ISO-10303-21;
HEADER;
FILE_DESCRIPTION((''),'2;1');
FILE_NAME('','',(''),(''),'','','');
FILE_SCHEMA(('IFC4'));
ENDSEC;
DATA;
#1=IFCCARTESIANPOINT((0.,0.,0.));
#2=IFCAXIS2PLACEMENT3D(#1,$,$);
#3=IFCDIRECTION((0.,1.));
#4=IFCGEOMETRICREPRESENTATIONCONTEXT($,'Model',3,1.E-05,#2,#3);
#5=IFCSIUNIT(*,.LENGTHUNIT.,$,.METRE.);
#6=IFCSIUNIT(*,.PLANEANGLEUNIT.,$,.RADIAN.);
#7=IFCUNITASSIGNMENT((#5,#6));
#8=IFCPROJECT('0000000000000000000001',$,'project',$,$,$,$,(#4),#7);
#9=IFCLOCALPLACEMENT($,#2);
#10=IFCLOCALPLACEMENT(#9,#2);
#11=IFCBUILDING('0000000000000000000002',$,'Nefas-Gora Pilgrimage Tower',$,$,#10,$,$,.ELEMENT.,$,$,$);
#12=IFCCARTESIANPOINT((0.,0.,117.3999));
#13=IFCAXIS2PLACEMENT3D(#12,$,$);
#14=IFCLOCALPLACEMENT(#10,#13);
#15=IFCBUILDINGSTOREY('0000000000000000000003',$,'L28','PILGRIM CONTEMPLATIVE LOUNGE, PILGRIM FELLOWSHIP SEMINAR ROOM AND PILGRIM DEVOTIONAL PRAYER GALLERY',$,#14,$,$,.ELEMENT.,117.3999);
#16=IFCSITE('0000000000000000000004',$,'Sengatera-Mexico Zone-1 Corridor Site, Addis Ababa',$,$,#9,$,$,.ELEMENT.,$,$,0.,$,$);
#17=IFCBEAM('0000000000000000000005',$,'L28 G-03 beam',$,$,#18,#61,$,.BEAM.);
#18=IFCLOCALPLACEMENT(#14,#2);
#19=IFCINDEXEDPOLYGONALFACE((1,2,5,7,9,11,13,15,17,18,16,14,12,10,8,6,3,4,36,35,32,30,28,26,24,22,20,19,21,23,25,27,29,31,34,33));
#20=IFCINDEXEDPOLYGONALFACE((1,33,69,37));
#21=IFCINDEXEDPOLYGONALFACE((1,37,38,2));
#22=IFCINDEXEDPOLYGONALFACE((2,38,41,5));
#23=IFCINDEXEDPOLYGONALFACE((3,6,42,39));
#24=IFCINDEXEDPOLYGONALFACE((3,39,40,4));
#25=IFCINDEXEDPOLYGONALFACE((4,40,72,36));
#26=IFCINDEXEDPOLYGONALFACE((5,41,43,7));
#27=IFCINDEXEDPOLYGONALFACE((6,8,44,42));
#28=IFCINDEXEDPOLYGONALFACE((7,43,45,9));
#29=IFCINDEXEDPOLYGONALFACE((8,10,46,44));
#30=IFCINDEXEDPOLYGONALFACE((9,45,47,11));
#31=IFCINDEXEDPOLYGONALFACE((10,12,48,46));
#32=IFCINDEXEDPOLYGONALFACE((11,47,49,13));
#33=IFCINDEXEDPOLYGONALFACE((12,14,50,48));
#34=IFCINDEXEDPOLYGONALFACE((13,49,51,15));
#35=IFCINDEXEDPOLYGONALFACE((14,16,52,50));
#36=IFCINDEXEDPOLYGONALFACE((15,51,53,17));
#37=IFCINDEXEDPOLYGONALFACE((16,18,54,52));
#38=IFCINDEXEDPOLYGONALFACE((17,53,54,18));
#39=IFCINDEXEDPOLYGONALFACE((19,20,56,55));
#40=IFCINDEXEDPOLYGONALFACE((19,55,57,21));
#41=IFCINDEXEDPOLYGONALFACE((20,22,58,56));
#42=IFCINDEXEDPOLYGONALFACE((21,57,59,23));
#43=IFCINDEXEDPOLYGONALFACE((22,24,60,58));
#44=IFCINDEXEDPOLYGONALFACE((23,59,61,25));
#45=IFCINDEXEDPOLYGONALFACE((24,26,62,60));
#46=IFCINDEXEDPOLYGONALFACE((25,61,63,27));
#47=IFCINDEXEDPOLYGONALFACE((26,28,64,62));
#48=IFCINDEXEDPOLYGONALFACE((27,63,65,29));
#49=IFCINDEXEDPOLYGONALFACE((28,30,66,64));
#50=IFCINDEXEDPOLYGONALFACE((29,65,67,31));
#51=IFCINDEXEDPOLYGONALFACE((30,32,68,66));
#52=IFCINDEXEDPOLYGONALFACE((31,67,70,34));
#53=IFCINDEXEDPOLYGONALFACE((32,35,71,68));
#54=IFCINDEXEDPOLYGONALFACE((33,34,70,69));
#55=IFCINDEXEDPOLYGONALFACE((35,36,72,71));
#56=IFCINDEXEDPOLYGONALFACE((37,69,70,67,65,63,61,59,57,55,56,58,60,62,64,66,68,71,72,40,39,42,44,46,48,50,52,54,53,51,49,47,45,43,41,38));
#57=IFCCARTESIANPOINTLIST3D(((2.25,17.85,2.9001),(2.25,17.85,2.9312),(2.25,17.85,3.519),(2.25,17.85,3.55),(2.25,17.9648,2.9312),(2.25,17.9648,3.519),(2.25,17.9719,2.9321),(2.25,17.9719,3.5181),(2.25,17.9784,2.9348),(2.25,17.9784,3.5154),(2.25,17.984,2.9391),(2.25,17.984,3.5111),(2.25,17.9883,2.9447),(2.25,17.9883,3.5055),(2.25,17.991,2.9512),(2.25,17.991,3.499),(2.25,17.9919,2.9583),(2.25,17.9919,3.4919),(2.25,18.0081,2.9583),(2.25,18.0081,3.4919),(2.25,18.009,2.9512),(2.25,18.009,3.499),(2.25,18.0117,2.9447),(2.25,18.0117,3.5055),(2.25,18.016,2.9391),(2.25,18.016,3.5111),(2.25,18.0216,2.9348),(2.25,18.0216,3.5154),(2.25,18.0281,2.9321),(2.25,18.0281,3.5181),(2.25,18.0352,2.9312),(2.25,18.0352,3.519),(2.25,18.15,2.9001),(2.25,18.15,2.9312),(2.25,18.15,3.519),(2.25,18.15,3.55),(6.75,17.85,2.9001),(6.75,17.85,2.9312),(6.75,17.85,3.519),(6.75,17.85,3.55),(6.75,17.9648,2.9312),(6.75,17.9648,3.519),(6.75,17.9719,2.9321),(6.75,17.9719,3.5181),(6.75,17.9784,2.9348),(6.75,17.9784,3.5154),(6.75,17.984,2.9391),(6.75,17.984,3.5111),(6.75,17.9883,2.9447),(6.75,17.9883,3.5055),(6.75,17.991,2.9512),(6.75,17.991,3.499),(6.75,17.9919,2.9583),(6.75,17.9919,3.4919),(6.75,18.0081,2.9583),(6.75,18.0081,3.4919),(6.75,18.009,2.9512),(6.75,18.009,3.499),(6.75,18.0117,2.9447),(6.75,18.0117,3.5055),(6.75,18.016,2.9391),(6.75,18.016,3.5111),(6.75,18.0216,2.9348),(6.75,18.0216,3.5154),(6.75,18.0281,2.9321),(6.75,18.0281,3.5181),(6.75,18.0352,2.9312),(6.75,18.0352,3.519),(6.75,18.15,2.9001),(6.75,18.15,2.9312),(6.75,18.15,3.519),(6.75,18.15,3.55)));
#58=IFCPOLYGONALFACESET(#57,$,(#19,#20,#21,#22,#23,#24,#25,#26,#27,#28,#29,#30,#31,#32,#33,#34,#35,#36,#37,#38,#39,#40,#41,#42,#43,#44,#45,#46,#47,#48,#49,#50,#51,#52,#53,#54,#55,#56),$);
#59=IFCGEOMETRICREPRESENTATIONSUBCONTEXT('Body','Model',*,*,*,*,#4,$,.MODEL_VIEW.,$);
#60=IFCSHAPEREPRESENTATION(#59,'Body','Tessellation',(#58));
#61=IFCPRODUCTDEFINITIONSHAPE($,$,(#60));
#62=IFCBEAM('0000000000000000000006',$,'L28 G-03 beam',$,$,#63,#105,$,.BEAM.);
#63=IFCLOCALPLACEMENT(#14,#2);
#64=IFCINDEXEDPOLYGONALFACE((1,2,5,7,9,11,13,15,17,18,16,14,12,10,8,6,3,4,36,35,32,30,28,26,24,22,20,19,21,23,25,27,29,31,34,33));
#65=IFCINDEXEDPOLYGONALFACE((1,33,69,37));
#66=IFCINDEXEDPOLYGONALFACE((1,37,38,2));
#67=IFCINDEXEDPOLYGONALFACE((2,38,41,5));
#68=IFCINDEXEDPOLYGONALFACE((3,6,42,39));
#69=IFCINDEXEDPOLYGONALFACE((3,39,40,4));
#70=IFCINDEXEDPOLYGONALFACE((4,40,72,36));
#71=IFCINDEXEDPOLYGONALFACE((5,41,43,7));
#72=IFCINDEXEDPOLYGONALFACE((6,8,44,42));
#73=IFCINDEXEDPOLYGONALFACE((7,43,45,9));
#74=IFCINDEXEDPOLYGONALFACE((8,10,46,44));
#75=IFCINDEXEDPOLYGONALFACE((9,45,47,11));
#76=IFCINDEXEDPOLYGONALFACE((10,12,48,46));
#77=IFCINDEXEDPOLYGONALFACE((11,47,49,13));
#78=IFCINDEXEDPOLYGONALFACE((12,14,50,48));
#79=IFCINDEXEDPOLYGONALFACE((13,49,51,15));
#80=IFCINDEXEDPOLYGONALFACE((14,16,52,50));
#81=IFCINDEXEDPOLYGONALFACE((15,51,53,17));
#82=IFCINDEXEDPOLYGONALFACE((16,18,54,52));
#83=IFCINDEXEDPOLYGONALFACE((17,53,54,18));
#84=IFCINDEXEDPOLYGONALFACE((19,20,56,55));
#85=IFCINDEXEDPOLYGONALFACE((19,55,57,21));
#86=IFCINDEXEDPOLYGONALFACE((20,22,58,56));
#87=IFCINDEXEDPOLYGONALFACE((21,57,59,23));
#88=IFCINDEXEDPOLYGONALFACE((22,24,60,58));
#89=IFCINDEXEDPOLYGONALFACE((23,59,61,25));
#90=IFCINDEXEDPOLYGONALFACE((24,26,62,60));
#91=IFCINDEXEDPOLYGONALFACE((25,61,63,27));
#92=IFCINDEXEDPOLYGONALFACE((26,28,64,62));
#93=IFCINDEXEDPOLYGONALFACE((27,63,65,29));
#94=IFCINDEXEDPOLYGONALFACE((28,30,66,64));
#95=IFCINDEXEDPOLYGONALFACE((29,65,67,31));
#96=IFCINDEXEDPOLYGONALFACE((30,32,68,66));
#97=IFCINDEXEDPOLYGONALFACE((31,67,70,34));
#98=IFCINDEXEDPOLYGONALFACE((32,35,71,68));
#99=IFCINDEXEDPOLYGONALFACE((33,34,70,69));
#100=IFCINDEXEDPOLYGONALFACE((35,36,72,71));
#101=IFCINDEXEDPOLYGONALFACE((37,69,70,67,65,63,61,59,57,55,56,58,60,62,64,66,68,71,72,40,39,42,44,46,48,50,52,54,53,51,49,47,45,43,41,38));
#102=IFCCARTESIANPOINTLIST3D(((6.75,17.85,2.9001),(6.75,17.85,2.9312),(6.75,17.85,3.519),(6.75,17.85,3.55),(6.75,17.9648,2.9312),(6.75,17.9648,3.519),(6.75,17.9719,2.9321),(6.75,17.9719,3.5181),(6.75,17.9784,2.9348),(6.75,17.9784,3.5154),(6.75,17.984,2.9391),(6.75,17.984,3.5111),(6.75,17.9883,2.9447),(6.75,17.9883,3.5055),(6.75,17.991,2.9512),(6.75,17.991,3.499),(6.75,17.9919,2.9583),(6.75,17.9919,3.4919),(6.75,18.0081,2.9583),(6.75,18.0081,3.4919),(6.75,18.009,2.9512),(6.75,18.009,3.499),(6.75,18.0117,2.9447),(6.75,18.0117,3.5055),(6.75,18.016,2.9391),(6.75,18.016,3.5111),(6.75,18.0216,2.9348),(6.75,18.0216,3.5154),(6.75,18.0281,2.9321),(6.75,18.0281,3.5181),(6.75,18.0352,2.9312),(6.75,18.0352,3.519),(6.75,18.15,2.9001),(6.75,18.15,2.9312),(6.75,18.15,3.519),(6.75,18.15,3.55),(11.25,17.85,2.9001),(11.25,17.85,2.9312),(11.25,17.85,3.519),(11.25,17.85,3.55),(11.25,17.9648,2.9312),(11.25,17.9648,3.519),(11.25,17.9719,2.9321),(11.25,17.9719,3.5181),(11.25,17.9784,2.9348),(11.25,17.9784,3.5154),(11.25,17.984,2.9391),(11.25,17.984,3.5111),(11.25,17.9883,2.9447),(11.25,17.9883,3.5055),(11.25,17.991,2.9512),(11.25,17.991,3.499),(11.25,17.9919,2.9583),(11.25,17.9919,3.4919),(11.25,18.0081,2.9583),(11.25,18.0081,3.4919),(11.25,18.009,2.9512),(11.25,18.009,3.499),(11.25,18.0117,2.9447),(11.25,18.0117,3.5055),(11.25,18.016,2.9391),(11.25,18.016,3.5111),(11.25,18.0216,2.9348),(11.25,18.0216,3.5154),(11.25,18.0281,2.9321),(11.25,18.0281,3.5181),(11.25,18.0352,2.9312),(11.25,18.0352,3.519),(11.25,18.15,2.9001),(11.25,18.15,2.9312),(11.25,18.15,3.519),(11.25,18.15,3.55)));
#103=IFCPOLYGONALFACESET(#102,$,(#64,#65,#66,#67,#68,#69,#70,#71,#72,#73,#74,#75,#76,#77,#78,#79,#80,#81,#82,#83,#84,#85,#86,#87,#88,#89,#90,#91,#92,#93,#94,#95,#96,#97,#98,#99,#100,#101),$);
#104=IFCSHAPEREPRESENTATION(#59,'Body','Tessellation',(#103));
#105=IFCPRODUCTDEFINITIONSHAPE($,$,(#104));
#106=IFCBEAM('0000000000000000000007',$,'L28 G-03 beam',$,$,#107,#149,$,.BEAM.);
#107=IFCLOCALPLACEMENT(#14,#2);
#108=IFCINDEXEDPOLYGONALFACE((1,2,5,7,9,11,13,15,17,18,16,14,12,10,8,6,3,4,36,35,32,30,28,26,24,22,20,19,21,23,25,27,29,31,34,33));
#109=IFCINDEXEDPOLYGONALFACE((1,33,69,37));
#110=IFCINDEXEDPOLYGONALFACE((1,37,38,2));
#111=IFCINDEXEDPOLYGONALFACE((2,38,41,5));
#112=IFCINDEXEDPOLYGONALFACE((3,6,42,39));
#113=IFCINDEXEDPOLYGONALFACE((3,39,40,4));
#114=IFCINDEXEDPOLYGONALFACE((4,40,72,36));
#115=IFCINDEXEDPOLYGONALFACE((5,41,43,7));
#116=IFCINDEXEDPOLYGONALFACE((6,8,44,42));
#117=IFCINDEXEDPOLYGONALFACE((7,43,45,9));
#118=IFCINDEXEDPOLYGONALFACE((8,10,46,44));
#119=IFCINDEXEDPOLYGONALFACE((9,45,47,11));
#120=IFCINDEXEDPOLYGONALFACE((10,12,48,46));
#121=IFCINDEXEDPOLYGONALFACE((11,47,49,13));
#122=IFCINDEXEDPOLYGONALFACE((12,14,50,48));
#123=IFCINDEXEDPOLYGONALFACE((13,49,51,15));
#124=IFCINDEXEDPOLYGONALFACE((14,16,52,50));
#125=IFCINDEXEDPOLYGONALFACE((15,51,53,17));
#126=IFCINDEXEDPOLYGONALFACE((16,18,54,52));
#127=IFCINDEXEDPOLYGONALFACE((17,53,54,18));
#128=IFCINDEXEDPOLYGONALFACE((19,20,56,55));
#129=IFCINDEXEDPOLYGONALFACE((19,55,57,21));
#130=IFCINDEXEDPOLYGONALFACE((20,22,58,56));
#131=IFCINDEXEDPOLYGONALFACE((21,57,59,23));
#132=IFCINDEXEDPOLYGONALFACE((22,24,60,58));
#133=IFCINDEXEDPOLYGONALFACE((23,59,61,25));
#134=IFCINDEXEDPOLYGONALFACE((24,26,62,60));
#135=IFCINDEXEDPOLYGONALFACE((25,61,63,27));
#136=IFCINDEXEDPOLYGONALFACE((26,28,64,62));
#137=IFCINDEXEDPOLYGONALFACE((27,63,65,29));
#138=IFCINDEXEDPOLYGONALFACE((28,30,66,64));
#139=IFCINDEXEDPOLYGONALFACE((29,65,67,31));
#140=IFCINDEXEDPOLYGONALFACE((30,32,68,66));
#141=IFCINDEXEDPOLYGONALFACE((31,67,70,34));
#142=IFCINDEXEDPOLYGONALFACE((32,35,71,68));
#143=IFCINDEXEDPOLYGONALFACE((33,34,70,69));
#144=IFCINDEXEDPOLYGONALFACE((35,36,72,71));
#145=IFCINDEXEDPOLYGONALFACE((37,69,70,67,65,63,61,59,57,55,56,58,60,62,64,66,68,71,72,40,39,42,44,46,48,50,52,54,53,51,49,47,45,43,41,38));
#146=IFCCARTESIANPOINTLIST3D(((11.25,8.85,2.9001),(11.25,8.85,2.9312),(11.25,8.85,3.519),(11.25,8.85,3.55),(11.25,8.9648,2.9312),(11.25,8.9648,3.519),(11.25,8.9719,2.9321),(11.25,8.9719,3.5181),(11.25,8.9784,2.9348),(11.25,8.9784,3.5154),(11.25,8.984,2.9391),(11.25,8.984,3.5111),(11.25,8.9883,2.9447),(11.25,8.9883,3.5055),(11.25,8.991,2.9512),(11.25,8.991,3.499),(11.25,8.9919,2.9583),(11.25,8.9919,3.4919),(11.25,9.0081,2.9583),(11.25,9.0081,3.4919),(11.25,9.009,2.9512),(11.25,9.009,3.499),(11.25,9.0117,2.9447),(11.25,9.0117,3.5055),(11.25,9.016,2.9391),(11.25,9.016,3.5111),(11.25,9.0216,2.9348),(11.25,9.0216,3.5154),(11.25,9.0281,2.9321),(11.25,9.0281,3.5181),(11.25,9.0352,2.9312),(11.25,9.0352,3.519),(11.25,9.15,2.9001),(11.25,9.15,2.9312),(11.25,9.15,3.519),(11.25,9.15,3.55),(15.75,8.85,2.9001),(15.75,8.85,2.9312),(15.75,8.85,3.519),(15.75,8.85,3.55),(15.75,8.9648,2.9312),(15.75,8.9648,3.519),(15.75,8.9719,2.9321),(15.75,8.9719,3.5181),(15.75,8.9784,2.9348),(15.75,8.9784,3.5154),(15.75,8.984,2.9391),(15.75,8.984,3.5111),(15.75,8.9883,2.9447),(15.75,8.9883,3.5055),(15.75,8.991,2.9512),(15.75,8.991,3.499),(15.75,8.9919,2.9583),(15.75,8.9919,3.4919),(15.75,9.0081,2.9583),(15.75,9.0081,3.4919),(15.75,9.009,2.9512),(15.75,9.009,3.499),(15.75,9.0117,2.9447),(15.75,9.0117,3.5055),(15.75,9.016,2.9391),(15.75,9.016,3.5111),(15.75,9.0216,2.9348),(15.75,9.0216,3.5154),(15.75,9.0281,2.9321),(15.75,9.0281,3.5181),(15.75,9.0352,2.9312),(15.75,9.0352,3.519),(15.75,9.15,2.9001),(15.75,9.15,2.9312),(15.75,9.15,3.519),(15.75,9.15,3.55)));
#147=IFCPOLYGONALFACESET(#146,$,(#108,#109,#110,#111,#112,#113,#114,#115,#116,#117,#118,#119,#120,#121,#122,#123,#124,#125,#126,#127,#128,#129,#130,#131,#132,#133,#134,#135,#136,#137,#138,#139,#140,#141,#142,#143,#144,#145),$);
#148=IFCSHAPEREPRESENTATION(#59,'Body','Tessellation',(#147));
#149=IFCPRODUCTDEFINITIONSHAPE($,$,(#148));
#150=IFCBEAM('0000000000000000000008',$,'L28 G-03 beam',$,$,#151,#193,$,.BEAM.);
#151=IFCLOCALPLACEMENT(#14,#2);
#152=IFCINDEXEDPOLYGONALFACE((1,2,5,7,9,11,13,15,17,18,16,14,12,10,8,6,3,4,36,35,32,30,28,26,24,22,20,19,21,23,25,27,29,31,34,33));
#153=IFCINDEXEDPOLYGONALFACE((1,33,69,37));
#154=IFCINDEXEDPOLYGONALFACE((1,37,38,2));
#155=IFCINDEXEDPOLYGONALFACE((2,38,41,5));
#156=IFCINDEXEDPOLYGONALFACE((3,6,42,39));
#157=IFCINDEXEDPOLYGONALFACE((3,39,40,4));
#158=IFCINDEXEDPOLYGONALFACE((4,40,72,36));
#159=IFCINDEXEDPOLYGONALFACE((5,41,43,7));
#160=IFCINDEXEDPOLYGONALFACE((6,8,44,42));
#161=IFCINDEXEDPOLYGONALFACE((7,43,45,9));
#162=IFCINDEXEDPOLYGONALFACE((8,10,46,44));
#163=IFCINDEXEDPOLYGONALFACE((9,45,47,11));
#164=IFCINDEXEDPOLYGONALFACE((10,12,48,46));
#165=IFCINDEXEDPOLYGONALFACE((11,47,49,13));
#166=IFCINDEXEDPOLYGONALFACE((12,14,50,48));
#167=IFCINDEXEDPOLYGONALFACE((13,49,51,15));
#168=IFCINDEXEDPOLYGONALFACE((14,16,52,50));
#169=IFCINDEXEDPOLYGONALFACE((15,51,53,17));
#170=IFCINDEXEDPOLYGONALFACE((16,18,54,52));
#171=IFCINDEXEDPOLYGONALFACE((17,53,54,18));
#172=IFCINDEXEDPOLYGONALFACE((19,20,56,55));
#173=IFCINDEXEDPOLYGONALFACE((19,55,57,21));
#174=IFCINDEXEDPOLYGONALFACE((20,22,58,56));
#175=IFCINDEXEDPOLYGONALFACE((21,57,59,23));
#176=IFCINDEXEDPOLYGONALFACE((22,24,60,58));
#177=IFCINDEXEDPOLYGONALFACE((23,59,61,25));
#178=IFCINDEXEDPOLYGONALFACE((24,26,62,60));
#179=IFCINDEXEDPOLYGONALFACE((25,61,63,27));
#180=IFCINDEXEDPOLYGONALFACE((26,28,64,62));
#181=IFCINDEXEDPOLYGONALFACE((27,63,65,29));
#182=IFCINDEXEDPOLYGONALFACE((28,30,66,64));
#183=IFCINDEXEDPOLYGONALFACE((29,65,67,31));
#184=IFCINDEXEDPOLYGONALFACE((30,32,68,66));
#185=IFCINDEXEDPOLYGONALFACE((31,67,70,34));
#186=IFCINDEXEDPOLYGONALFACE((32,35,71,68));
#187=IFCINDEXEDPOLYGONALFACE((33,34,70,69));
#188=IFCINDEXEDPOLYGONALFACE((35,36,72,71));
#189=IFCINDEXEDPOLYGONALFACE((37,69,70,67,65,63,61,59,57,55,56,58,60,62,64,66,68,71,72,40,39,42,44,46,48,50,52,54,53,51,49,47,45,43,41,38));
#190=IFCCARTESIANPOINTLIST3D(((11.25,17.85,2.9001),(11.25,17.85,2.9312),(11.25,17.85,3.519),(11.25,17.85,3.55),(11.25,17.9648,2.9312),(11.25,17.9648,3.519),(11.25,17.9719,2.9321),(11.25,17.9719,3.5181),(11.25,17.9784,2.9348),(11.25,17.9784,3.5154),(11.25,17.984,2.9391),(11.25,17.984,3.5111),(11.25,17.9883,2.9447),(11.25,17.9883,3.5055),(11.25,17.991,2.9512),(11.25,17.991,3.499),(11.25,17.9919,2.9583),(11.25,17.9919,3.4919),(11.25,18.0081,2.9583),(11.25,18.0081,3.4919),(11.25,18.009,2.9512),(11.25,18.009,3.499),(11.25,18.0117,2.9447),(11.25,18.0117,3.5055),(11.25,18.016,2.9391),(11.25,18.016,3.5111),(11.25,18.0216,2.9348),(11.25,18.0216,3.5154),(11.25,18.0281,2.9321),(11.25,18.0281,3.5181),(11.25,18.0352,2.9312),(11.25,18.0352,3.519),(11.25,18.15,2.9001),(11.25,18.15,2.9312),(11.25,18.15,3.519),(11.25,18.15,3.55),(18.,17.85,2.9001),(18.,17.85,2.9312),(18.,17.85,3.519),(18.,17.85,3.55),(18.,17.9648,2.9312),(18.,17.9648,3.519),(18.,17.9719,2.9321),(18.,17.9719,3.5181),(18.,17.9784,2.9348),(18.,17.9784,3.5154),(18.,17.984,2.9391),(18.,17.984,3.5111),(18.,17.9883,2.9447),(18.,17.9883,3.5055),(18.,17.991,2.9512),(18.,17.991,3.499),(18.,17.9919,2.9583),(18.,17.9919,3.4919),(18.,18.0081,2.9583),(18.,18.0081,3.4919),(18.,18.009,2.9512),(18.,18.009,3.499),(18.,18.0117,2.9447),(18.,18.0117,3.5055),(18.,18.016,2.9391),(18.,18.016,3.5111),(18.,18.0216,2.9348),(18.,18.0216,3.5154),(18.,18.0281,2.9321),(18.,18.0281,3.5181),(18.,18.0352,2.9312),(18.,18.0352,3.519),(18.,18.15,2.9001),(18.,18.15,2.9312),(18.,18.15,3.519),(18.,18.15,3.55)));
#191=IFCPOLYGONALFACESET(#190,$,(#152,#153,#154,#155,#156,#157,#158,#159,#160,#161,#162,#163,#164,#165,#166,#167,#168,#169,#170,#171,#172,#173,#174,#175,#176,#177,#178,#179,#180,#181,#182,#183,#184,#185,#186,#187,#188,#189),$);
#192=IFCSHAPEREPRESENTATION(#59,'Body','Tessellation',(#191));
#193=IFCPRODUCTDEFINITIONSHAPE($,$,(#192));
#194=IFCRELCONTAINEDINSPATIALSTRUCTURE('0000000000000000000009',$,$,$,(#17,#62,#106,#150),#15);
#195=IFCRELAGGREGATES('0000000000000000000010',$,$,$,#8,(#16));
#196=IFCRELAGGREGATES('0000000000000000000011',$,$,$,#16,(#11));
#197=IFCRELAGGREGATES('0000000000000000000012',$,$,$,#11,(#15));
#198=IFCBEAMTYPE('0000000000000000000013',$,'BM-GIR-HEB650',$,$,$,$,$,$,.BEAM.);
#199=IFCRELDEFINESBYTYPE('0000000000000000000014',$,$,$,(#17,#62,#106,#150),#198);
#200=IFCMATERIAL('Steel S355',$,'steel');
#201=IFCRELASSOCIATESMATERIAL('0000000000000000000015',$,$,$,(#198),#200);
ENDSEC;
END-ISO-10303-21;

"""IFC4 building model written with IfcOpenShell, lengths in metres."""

from ifc_helpers import new_model, si_unit, direction, frame, origin, origin_2d, place, context, subcontext, project, spatial, i_section, extrude, source, transform, mapped, material, material_profile, profile_set, type_object, element, save


model = new_model("IFC4")

# Units and contexts
model_context = context("Model", 3, precision=1e-05, world=origin(), true_north=direction((0.0, 1.0)))
body_context = subcontext(model_context, "Body", "Model", "MODEL_VIEW")
ifc_project = project(units=[si_unit("LENGTHUNIT", "METRE"), si_unit("PLANEANGLEUNIT", "RADIAN")], contexts=[model_context])

# Site, building, storey
site_placement = place(None, origin())
site = spatial("IfcSite", under=ifc_project, at=site_placement, Name="Sengatera-Mexico Zone-1 Corridor Site, Addis Ababa", CompositionType="ELEMENT", RefElevation=0.0)
building_placement = place(site_placement, origin())
building = spatial("IfcBuilding", under=site, at=building_placement, Name="Nefas-Gora Pilgrimage Tower", CompositionType="ELEMENT")
storey_placement = place(building_placement, frame((0.0, 0.0, 117.3999)))
storey = spatial("IfcBuildingStorey", under=building, at=storey_placement, Name="L28", Description="PILGRIM CONTEMPLATIVE LOUNGE, PILGRIM FELLOWSHIP SEMINAR ROOM AND PILGRIM DEVOTIONAL PRAYER GALLERY", CompositionType="ELEMENT", Elevation=117.3999)

# Beams
ifc_material_1 = material(Name="Steel S355", Category="steel")
ifc_material_profile_1 = material_profile(ifc_material_1, i_section(OverallWidth=0.3, OverallDepth=0.6499, WebThickness=0.0161, FlangeThickness=0.031, FilletRadius=0.0271, at=origin_2d()), Name="HEB 650")
ifc_profile_set_1 = profile_set([ifc_material_profile_1], Name="Steel S355")
beam_type_1 = type_object("IfcBeamType", Name="BM-GIR-HEB650", PredefinedType="BEAM", material=ifc_profile_set_1)
shared_shape_1 = source(origin(), body_context, "Body", "SweptSolid", [
    extrude(i_section(OverallWidth=0.3, OverallDepth=0.6499, WebThickness=0.0161, FlangeThickness=0.031, FilletRadius=0.0271, at=origin_2d()), origin(), (0.0, 0.0, 1.0), 4.5),
])
for number, where, z_axis, x_axis, name in (
    (1, (2.25, 18.0, 3.2251), (1.0, 0.0, 0.0), (0.0, 1.0, 0.0), "L28 G-03 beam"),
    (2, (6.75, 18.0, 3.2251), (1.0, 0.0, 0.0), (0.0, 1.0, 0.0), "L28 G-03 beam"),
    (3, (11.25, 9.0, 3.2251), (1.0, 0.0, 0.0), (0.0, 1.0, 0.0), "L28 G-03 beam"),
):
    element("IfcBeam", number, at=place(storey_placement, frame(where, z_axis=z_axis, x_axis=x_axis)), inside=storey, type_object=beam_type_1, Name=name, PredefinedType="BEAM", context=body_context, shape_type="MappedRepresentation", body=[
        mapped(shared_shape_1, transform((0.0, 0.0, 0.0), x_axis=(1.0, 0.0, 0.0), y_axis=(0.0, 1.0, 0.0), z_axis=(0.0, 0.0, 1.0), scale=1.0)),
    ])
shared_shape_2 = source(origin(), body_context, "Body", "SweptSolid", [
    extrude(i_section(OverallWidth=0.3, OverallDepth=0.6499, WebThickness=0.0161, FlangeThickness=0.031, FilletRadius=0.0271, at=origin_2d()), origin(), (0.0, 0.0, 1.0), 6.75),
])
beam_1_placement = place(storey_placement, frame((11.25, 18.0, 3.2251), z_axis=(1.0, 0.0, 0.0), x_axis=(0.0, 1.0, 0.0)))
element("IfcBeam", 4, at=beam_1_placement, inside=storey, type_object=beam_type_1, Name="L28 G-03 beam", PredefinedType="BEAM", context=body_context, shape_type="MappedRepresentation", body=[
    mapped(shared_shape_2, transform((0.0, 0.0, 0.0), x_axis=(1.0, 0.0, 0.0), y_axis=(0.0, 1.0, 0.0), z_axis=(0.0, 0.0, 1.0), scale=1.0)),
])

save(model, "model.ifc")
